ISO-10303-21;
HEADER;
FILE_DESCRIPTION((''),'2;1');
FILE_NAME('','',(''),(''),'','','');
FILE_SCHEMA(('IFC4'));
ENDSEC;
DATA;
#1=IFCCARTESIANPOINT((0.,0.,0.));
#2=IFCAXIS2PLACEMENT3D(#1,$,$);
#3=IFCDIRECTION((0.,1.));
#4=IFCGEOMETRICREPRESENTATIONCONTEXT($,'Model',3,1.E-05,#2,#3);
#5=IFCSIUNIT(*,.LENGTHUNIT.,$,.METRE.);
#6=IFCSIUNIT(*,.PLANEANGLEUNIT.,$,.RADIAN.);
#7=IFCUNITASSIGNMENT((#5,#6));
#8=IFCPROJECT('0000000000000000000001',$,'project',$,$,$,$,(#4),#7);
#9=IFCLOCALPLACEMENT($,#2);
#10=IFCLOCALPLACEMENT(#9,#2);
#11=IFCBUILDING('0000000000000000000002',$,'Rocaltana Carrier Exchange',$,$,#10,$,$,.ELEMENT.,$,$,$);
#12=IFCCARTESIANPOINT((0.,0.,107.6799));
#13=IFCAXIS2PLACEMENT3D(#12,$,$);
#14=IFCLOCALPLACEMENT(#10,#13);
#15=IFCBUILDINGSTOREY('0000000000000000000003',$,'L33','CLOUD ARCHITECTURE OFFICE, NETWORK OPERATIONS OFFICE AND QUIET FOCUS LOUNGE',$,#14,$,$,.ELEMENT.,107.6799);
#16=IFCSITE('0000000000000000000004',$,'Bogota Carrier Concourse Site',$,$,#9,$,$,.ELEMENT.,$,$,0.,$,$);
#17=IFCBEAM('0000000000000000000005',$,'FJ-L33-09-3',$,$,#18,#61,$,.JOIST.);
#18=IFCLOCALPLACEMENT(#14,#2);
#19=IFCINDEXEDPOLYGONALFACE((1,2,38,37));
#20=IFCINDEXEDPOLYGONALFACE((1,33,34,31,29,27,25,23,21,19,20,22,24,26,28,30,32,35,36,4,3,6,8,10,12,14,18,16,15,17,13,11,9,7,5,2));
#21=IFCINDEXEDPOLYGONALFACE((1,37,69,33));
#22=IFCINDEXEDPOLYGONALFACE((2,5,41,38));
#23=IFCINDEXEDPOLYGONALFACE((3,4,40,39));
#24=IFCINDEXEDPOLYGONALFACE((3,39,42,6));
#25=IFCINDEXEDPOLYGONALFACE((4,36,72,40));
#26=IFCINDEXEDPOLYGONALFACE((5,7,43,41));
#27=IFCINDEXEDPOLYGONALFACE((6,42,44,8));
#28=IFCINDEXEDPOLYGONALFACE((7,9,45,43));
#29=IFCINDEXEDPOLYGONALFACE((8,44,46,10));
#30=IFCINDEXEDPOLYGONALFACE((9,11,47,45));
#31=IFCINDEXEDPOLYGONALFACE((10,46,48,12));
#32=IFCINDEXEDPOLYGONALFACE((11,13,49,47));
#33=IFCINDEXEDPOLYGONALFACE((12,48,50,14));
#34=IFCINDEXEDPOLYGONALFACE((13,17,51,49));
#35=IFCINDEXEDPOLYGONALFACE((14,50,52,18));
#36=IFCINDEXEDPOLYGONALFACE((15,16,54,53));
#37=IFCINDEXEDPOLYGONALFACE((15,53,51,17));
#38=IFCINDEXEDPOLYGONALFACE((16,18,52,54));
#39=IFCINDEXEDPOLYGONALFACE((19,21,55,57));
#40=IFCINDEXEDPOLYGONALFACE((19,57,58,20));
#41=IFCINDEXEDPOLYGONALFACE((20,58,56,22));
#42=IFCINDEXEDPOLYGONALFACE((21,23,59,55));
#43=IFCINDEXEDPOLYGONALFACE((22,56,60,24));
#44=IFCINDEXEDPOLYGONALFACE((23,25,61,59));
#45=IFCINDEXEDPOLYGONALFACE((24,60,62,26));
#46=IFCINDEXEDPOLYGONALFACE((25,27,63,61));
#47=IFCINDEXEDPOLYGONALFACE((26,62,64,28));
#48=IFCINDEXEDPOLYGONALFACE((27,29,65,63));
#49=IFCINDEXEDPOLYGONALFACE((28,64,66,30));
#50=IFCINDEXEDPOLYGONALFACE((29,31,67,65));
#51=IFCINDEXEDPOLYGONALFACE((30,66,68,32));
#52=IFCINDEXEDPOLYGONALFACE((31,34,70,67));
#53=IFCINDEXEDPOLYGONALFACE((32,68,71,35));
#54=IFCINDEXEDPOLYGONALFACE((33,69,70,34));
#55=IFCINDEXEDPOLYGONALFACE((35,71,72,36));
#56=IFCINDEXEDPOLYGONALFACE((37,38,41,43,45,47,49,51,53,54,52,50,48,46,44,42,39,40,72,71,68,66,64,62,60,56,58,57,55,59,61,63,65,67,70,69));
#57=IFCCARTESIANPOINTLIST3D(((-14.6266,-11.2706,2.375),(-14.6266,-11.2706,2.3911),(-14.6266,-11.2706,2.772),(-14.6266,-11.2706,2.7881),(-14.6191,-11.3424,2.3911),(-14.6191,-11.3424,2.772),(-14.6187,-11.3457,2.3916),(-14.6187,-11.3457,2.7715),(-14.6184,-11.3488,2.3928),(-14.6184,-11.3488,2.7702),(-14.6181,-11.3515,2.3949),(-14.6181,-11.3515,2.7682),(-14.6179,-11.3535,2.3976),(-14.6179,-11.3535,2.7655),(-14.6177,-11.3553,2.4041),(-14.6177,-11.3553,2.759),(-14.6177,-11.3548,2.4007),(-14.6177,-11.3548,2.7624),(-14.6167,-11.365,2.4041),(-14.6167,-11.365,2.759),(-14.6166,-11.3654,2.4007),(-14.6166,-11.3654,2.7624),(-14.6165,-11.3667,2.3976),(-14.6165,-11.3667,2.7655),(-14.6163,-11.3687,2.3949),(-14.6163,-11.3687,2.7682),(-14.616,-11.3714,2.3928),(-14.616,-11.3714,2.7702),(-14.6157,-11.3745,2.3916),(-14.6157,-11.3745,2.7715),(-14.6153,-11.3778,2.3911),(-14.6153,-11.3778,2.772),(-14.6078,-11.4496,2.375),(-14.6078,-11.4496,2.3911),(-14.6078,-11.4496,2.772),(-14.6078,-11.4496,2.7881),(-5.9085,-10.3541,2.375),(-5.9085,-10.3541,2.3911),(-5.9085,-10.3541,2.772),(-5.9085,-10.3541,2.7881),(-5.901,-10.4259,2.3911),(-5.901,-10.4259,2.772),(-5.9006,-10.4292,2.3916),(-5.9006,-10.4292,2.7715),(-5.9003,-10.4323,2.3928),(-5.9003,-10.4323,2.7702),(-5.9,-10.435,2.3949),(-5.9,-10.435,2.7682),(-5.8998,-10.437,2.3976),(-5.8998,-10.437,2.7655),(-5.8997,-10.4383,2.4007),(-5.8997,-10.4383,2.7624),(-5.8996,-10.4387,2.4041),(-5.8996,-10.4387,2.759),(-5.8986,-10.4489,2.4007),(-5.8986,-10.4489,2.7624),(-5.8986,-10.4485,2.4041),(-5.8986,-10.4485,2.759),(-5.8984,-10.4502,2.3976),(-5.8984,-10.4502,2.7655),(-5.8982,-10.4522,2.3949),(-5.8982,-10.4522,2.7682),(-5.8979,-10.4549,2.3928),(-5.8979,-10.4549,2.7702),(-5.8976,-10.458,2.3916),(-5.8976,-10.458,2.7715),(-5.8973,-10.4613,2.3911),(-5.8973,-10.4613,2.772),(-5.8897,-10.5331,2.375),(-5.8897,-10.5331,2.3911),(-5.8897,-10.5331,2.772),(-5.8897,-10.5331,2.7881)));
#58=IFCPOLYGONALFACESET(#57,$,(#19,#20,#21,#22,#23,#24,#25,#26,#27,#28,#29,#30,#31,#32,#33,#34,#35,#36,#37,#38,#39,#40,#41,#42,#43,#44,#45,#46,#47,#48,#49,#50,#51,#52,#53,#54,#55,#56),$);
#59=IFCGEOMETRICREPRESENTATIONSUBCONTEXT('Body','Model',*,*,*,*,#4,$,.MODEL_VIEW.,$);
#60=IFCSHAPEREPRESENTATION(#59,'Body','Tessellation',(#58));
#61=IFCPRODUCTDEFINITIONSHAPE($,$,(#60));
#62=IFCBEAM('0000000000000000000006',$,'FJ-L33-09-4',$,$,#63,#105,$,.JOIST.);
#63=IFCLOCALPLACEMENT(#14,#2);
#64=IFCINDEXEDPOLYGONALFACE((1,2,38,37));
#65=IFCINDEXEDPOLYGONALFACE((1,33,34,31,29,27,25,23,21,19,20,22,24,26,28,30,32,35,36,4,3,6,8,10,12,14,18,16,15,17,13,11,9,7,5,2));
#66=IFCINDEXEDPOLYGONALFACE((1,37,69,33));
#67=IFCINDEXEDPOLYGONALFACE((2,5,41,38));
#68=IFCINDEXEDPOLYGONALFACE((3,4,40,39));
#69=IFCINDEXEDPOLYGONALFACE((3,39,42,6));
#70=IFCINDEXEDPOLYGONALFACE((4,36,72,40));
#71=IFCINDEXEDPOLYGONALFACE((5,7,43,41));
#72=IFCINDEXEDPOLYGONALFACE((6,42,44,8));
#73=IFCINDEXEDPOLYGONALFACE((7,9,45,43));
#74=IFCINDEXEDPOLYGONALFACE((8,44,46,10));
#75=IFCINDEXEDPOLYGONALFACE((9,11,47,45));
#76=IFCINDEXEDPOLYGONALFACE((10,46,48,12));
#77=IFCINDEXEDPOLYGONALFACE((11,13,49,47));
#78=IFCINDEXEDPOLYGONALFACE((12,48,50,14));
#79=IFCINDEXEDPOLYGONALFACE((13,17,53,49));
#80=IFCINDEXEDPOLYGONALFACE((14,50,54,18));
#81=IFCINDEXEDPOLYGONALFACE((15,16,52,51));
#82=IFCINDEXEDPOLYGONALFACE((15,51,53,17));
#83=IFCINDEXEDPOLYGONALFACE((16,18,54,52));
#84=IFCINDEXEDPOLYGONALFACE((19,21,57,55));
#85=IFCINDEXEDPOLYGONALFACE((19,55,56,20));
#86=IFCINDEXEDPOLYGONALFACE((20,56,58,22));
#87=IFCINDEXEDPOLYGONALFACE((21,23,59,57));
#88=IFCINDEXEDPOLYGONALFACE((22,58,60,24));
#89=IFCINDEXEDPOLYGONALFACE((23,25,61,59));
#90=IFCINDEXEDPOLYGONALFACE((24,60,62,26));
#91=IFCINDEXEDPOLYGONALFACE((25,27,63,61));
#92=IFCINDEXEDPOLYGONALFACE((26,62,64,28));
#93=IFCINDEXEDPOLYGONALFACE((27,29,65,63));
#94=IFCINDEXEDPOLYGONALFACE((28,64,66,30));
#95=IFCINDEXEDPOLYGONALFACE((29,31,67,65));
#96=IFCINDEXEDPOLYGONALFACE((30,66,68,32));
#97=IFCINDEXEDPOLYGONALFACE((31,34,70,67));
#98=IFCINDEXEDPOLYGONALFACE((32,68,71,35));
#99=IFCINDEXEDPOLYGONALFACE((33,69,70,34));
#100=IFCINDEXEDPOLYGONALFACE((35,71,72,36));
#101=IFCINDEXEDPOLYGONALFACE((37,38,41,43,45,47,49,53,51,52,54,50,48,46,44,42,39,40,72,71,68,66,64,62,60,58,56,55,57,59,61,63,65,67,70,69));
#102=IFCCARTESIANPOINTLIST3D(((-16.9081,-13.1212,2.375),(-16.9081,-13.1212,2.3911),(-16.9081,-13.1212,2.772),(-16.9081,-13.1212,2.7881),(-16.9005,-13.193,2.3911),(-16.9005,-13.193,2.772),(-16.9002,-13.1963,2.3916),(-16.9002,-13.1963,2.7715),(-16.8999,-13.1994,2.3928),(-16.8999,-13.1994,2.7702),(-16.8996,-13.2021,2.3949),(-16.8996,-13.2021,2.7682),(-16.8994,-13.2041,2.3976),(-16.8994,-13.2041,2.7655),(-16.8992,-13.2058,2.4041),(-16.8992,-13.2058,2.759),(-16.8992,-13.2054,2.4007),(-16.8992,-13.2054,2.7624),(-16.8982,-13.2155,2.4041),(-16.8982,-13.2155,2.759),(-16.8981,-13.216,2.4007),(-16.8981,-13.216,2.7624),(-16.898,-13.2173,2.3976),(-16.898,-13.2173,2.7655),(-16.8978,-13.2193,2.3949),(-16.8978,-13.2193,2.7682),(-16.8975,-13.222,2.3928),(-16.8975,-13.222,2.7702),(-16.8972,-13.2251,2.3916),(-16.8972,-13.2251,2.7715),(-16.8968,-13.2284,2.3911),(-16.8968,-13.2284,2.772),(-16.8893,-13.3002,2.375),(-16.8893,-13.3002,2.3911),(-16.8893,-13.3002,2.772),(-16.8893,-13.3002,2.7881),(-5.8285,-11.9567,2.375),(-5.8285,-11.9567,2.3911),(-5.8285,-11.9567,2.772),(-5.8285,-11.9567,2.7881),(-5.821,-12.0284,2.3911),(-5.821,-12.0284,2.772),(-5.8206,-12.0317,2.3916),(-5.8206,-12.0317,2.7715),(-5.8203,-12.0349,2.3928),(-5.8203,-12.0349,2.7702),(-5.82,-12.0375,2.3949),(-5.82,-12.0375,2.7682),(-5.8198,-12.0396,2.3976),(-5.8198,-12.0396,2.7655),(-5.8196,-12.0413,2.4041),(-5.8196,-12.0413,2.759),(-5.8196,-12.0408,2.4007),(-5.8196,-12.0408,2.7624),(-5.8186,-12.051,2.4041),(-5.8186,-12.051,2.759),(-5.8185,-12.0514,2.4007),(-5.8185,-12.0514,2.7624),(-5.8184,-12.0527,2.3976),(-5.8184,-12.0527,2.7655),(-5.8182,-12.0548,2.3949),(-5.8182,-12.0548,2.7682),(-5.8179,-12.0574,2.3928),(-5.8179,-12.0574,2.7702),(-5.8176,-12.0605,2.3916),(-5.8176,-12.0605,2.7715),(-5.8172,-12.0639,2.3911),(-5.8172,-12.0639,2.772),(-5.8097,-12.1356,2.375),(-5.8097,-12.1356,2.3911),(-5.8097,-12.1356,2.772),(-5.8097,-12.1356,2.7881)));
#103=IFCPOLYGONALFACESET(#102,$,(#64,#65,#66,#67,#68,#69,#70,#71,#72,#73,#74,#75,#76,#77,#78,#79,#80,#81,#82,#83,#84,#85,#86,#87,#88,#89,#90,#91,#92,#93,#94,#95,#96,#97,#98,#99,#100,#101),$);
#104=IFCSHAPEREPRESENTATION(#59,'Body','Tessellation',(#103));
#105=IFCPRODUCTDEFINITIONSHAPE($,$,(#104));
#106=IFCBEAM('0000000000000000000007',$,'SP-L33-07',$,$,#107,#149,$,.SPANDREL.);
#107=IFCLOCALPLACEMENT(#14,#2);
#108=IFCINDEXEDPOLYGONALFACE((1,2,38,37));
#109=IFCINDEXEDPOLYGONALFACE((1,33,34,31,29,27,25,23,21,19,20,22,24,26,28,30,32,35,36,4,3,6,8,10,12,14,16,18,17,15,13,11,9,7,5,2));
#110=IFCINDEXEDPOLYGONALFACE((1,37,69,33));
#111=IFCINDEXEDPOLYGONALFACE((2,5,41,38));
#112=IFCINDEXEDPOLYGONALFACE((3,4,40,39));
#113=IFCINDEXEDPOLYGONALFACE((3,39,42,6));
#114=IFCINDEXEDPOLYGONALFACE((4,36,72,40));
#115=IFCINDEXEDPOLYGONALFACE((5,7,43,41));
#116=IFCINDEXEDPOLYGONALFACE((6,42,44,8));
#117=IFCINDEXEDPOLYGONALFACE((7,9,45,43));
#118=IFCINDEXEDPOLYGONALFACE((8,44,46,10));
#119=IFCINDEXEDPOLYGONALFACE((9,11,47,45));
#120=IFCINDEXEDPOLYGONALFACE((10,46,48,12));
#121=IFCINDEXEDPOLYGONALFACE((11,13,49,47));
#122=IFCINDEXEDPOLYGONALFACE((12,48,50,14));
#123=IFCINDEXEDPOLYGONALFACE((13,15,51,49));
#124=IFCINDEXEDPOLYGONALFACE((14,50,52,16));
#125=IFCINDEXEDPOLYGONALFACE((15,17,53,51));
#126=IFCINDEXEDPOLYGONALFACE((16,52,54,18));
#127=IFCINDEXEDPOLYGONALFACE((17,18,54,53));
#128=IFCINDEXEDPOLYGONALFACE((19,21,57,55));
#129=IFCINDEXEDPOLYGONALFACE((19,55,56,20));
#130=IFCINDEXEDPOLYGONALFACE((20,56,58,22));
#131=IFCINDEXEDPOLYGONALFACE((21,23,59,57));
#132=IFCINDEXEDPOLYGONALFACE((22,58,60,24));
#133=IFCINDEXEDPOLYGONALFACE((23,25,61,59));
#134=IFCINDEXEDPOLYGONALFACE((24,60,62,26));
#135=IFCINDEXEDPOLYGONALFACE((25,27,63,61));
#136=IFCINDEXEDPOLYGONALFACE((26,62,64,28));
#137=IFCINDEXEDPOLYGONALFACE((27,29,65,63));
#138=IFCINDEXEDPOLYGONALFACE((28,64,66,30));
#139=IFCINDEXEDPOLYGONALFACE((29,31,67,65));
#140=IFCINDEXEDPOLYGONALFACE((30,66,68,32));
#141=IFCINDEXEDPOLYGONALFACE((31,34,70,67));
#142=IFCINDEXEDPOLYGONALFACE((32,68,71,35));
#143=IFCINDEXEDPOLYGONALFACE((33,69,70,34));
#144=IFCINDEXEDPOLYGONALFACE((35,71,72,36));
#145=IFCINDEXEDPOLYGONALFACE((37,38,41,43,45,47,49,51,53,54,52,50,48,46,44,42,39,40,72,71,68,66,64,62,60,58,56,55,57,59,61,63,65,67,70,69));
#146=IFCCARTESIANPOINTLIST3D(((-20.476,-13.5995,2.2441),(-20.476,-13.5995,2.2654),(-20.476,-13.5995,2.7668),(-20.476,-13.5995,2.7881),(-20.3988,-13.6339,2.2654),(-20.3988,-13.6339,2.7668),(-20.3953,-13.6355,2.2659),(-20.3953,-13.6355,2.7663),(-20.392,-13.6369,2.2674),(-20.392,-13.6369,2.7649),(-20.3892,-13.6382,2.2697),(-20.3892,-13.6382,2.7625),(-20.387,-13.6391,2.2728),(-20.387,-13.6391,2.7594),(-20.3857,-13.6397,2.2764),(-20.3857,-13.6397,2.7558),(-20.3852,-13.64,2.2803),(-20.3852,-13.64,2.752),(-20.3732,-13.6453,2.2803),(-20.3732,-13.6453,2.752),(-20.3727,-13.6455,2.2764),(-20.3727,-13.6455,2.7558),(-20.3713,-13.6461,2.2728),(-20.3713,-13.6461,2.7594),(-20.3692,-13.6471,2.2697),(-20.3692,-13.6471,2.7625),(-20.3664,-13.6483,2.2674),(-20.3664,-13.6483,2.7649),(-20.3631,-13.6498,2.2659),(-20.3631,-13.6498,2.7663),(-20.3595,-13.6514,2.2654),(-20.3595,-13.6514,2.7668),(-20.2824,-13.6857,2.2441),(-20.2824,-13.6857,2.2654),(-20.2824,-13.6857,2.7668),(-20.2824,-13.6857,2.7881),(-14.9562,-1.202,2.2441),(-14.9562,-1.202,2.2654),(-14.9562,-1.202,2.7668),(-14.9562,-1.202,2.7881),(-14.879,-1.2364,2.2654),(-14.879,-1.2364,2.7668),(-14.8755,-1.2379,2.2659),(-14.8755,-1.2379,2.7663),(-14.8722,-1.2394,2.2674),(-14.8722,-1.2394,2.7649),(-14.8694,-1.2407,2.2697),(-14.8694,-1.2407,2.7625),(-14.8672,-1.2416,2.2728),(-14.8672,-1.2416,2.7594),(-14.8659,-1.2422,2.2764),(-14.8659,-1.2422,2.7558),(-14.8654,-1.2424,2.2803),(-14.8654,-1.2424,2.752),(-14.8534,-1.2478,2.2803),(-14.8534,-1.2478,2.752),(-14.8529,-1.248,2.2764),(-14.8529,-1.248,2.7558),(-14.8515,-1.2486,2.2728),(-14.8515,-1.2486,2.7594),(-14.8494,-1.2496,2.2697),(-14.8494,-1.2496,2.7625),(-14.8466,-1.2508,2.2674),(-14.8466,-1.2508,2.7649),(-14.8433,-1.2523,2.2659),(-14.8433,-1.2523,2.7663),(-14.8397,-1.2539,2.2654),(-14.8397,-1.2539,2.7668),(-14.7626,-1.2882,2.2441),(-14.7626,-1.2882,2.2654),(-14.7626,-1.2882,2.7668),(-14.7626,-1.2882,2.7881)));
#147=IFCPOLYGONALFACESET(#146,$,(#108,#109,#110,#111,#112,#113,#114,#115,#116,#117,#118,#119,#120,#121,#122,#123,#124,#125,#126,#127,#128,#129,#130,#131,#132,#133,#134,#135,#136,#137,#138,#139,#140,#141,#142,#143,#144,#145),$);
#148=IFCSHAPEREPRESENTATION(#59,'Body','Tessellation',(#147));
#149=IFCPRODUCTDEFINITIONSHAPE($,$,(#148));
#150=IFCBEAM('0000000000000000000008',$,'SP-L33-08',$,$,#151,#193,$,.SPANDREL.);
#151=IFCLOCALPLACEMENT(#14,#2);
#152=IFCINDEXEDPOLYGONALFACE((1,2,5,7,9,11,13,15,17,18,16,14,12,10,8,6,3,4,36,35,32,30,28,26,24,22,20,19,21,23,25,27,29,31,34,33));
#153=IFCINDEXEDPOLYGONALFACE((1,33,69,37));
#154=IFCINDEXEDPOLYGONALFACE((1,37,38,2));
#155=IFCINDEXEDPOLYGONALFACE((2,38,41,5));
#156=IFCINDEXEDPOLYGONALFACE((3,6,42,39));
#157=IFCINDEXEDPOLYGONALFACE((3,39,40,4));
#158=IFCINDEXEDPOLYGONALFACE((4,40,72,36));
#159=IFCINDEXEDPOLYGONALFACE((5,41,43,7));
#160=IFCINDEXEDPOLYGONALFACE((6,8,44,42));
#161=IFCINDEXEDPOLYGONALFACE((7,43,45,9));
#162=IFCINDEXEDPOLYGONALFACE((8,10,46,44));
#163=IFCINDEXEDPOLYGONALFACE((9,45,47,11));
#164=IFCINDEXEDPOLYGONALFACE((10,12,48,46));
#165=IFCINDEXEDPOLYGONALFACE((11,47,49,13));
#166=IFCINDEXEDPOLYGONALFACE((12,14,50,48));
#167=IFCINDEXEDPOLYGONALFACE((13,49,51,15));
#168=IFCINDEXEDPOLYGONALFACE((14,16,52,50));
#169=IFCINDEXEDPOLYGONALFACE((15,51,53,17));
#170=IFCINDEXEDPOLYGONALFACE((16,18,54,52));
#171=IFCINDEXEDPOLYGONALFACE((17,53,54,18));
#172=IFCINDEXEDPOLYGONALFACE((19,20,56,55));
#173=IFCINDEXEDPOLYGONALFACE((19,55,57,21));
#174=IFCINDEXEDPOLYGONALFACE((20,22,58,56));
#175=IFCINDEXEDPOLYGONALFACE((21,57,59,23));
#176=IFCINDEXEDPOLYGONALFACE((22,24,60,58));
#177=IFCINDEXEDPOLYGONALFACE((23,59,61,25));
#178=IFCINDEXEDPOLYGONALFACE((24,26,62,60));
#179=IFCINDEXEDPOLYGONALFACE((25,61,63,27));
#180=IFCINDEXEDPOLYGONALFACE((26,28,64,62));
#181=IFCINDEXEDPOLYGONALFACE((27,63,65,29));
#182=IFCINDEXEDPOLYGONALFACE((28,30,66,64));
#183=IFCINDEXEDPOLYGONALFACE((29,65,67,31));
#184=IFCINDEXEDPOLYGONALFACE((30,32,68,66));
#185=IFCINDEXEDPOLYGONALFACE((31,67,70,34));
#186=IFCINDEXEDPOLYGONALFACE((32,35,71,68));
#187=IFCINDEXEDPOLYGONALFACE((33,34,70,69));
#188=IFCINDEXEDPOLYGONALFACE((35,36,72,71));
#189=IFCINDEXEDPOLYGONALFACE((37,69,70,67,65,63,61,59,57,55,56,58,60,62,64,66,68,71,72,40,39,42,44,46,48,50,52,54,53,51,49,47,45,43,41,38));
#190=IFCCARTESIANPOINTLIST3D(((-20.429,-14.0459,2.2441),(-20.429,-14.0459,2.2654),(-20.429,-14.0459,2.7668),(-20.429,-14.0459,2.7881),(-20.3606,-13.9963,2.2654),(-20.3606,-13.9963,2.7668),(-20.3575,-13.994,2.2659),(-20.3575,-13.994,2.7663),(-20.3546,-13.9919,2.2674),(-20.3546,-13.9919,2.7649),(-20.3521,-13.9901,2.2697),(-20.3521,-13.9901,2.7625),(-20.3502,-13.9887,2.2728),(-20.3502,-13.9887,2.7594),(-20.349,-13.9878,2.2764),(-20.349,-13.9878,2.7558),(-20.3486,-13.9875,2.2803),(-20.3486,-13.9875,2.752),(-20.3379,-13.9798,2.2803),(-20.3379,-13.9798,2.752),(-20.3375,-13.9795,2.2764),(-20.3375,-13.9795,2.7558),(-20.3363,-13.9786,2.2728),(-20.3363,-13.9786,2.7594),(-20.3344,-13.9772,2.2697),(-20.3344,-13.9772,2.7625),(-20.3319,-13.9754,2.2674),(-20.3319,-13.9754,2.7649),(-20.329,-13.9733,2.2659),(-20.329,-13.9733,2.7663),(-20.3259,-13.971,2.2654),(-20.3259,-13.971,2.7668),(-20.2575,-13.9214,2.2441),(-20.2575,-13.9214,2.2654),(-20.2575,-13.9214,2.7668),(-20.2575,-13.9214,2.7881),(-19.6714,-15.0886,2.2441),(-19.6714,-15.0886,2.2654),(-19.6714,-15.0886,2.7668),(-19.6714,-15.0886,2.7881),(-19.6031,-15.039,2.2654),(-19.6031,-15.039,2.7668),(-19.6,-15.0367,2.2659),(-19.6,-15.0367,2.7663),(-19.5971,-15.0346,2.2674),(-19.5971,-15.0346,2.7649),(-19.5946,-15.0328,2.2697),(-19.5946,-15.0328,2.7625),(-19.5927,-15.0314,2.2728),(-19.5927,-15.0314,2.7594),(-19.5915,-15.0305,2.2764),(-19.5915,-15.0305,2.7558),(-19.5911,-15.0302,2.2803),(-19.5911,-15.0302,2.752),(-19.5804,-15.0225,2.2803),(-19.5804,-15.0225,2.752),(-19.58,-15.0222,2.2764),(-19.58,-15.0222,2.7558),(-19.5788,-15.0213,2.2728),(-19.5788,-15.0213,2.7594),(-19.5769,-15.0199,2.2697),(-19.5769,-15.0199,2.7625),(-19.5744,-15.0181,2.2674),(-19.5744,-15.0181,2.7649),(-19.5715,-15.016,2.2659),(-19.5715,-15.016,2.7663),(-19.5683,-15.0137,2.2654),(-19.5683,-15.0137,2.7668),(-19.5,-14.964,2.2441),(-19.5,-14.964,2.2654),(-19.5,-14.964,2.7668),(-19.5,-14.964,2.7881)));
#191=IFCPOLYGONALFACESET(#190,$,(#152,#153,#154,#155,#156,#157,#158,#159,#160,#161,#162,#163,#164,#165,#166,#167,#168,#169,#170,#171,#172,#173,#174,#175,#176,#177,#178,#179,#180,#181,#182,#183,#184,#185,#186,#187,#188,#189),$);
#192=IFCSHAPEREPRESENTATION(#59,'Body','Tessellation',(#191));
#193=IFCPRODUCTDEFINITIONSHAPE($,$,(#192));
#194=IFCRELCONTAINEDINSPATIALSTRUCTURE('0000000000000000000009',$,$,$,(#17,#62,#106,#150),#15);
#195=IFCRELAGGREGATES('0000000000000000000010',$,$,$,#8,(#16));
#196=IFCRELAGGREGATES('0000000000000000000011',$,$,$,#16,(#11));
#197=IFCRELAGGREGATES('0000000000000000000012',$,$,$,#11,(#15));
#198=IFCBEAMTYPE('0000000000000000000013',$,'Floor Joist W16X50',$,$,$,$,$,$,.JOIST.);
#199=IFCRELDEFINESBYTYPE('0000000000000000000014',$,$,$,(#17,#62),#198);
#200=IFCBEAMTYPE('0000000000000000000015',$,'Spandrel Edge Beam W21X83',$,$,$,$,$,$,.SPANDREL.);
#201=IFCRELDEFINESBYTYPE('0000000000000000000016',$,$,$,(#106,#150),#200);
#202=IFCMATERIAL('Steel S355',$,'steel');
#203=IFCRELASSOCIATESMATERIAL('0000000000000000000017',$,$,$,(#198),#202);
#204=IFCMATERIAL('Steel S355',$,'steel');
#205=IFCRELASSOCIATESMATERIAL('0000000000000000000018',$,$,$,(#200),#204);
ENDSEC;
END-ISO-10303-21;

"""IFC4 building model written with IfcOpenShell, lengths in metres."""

from ifc_helpers import new_model, si_unit, direction, frame, origin, origin_2d, place, context, subcontext, project, spatial, i_section, extrude, material, material_profile, profile_set, type_object, element, save


model = new_model("IFC4")

# Units and contexts
model_context = context("Model", 3, precision=1e-05, world=origin(), true_north=direction((0.0, 1.0)))
body_context = subcontext(model_context, "Body", "Model", "MODEL_VIEW")
ifc_project = project(units=[si_unit("LENGTHUNIT", "METRE"), si_unit("PLANEANGLEUNIT", "RADIAN")], contexts=[model_context])

# Site, building, storey
site_placement = place(None, origin())
site = spatial("IfcSite", under=ifc_project, at=site_placement, Name="Bogota Carrier Concourse Site", CompositionType="ELEMENT", RefElevation=0.0)
building_placement = place(site_placement, origin())
building = spatial("IfcBuilding", under=site, at=building_placement, Name="Rocaltana Carrier Exchange", CompositionType="ELEMENT")
storey_placement = place(building_placement, frame((0.0, 0.0, 107.6799)))
storey = spatial("IfcBuildingStorey", under=building, at=storey_placement, Name="L33", Description="CLOUD ARCHITECTURE OFFICE, NETWORK OPERATIONS OFFICE AND QUIET FOCUS LOUNGE", CompositionType="ELEMENT", Elevation=107.6799)

# Beams
ifc_material_1 = material(Name="Steel S355", Category="steel")
ifc_material_profile_1 = material_profile(ifc_material_1, i_section(OverallWidth=0.1799, OverallDepth=0.4131, WebThickness=0.0098, FlangeThickness=0.0161, FilletRadius=0.0129, at=origin_2d()), Name="W16X50")
ifc_profile_set_1 = profile_set([ifc_material_profile_1], Name="Steel S355")
beam_type_1 = type_object("IfcBeamType", Name="Floor Joist W16X50", PredefinedType="JOIST", material=ifc_profile_set_1)
beam_1_placement = place(storey_placement, frame((-14.6172, -11.3601, 2.5815), z_axis=(0.994519, 0.104551, 0.0), x_axis=(-0.104551, 0.994519, 0.0)))
element("IfcBeam", 1, at=beam_1_placement, inside=storey, type_object=beam_type_1, Name="FJ-L33-09-3", PredefinedType="JOIST", context=body_context, shape_type="SweptSolid", body=[
    extrude(i_section(OverallWidth=0.1799, OverallDepth=0.4131, WebThickness=0.0098, FlangeThickness=0.0161, FilletRadius=0.0129, at=origin_2d()), origin(), (0.0, 0.0, 1.0), 8.7661),
])
beam_2_placement = place(storey_placement, frame((-16.8987, -13.2107, 2.5815), z_axis=(0.994522, 0.104532, 0.0), x_axis=(-0.104532, 0.994522, 0.0)))
element("IfcBeam", 2, at=beam_2_placement, inside=storey, type_object=beam_type_1, Name="FJ-L33-09-4", PredefinedType="JOIST", context=body_context, shape_type="SweptSolid", body=[
    extrude(i_section(OverallWidth=0.1799, OverallDepth=0.4131, WebThickness=0.0098, FlangeThickness=0.0161, FilletRadius=0.0129, at=origin_2d()), origin(), (0.0, 0.0, 1.0), 11.1406),
])
ifc_material_2 = material(Name="Steel S355", Category="steel")
ifc_material_profile_2 = material_profile(ifc_material_2, i_section(OverallWidth=0.2119, OverallDepth=0.5439, WebThickness=0.0132, FlangeThickness=0.0212, FilletRadius=0.0149, at=origin_2d()), Name="W21X83")
ifc_profile_set_2 = profile_set([ifc_material_profile_2], Name="Steel S355")
beam_type_2 = type_object("IfcBeamType", Name="Spandrel Edge Beam W21X83", PredefinedType="SPANDREL", material=ifc_profile_set_2)
beam_3_placement = place(storey_placement, frame((-14.8594, -1.2451, 2.5161), z_axis=(-0.406741, -0.913544, 0.0), x_axis=(0.913544, -0.406741, 0.0)))
element("IfcBeam", 3, at=beam_3_placement, inside=storey, type_object=beam_type_2, Name="SP-L33-07", PredefinedType="SPANDREL", context=body_context, shape_type="SweptSolid", body=[
    extrude(i_section(OverallWidth=0.2119, OverallDepth=0.5439, WebThickness=0.0132, FlangeThickness=0.0212, FilletRadius=0.0149, at=origin_2d()), origin(), (0.0, 0.0, 1.0), 13.5708),
])
beam_4_placement = place(storey_placement, frame((-20.3433, -13.9836, 2.5161), z_axis=(0.587777, -0.809023, 0.0), x_axis=(0.809023, 0.587777, 0.0)))
element("IfcBeam", 4, at=beam_4_placement, inside=storey, type_object=beam_type_2, Name="SP-L33-08", PredefinedType="SPANDREL", context=body_context, shape_type="SweptSolid", body=[
    extrude(i_section(OverallWidth=0.2119, OverallDepth=0.5439, WebThickness=0.0132, FlangeThickness=0.0212, FilletRadius=0.0149, at=origin_2d()), origin(), (0.0, 0.0, 1.0), 1.2888),
])

save(model, "model.ifc")
